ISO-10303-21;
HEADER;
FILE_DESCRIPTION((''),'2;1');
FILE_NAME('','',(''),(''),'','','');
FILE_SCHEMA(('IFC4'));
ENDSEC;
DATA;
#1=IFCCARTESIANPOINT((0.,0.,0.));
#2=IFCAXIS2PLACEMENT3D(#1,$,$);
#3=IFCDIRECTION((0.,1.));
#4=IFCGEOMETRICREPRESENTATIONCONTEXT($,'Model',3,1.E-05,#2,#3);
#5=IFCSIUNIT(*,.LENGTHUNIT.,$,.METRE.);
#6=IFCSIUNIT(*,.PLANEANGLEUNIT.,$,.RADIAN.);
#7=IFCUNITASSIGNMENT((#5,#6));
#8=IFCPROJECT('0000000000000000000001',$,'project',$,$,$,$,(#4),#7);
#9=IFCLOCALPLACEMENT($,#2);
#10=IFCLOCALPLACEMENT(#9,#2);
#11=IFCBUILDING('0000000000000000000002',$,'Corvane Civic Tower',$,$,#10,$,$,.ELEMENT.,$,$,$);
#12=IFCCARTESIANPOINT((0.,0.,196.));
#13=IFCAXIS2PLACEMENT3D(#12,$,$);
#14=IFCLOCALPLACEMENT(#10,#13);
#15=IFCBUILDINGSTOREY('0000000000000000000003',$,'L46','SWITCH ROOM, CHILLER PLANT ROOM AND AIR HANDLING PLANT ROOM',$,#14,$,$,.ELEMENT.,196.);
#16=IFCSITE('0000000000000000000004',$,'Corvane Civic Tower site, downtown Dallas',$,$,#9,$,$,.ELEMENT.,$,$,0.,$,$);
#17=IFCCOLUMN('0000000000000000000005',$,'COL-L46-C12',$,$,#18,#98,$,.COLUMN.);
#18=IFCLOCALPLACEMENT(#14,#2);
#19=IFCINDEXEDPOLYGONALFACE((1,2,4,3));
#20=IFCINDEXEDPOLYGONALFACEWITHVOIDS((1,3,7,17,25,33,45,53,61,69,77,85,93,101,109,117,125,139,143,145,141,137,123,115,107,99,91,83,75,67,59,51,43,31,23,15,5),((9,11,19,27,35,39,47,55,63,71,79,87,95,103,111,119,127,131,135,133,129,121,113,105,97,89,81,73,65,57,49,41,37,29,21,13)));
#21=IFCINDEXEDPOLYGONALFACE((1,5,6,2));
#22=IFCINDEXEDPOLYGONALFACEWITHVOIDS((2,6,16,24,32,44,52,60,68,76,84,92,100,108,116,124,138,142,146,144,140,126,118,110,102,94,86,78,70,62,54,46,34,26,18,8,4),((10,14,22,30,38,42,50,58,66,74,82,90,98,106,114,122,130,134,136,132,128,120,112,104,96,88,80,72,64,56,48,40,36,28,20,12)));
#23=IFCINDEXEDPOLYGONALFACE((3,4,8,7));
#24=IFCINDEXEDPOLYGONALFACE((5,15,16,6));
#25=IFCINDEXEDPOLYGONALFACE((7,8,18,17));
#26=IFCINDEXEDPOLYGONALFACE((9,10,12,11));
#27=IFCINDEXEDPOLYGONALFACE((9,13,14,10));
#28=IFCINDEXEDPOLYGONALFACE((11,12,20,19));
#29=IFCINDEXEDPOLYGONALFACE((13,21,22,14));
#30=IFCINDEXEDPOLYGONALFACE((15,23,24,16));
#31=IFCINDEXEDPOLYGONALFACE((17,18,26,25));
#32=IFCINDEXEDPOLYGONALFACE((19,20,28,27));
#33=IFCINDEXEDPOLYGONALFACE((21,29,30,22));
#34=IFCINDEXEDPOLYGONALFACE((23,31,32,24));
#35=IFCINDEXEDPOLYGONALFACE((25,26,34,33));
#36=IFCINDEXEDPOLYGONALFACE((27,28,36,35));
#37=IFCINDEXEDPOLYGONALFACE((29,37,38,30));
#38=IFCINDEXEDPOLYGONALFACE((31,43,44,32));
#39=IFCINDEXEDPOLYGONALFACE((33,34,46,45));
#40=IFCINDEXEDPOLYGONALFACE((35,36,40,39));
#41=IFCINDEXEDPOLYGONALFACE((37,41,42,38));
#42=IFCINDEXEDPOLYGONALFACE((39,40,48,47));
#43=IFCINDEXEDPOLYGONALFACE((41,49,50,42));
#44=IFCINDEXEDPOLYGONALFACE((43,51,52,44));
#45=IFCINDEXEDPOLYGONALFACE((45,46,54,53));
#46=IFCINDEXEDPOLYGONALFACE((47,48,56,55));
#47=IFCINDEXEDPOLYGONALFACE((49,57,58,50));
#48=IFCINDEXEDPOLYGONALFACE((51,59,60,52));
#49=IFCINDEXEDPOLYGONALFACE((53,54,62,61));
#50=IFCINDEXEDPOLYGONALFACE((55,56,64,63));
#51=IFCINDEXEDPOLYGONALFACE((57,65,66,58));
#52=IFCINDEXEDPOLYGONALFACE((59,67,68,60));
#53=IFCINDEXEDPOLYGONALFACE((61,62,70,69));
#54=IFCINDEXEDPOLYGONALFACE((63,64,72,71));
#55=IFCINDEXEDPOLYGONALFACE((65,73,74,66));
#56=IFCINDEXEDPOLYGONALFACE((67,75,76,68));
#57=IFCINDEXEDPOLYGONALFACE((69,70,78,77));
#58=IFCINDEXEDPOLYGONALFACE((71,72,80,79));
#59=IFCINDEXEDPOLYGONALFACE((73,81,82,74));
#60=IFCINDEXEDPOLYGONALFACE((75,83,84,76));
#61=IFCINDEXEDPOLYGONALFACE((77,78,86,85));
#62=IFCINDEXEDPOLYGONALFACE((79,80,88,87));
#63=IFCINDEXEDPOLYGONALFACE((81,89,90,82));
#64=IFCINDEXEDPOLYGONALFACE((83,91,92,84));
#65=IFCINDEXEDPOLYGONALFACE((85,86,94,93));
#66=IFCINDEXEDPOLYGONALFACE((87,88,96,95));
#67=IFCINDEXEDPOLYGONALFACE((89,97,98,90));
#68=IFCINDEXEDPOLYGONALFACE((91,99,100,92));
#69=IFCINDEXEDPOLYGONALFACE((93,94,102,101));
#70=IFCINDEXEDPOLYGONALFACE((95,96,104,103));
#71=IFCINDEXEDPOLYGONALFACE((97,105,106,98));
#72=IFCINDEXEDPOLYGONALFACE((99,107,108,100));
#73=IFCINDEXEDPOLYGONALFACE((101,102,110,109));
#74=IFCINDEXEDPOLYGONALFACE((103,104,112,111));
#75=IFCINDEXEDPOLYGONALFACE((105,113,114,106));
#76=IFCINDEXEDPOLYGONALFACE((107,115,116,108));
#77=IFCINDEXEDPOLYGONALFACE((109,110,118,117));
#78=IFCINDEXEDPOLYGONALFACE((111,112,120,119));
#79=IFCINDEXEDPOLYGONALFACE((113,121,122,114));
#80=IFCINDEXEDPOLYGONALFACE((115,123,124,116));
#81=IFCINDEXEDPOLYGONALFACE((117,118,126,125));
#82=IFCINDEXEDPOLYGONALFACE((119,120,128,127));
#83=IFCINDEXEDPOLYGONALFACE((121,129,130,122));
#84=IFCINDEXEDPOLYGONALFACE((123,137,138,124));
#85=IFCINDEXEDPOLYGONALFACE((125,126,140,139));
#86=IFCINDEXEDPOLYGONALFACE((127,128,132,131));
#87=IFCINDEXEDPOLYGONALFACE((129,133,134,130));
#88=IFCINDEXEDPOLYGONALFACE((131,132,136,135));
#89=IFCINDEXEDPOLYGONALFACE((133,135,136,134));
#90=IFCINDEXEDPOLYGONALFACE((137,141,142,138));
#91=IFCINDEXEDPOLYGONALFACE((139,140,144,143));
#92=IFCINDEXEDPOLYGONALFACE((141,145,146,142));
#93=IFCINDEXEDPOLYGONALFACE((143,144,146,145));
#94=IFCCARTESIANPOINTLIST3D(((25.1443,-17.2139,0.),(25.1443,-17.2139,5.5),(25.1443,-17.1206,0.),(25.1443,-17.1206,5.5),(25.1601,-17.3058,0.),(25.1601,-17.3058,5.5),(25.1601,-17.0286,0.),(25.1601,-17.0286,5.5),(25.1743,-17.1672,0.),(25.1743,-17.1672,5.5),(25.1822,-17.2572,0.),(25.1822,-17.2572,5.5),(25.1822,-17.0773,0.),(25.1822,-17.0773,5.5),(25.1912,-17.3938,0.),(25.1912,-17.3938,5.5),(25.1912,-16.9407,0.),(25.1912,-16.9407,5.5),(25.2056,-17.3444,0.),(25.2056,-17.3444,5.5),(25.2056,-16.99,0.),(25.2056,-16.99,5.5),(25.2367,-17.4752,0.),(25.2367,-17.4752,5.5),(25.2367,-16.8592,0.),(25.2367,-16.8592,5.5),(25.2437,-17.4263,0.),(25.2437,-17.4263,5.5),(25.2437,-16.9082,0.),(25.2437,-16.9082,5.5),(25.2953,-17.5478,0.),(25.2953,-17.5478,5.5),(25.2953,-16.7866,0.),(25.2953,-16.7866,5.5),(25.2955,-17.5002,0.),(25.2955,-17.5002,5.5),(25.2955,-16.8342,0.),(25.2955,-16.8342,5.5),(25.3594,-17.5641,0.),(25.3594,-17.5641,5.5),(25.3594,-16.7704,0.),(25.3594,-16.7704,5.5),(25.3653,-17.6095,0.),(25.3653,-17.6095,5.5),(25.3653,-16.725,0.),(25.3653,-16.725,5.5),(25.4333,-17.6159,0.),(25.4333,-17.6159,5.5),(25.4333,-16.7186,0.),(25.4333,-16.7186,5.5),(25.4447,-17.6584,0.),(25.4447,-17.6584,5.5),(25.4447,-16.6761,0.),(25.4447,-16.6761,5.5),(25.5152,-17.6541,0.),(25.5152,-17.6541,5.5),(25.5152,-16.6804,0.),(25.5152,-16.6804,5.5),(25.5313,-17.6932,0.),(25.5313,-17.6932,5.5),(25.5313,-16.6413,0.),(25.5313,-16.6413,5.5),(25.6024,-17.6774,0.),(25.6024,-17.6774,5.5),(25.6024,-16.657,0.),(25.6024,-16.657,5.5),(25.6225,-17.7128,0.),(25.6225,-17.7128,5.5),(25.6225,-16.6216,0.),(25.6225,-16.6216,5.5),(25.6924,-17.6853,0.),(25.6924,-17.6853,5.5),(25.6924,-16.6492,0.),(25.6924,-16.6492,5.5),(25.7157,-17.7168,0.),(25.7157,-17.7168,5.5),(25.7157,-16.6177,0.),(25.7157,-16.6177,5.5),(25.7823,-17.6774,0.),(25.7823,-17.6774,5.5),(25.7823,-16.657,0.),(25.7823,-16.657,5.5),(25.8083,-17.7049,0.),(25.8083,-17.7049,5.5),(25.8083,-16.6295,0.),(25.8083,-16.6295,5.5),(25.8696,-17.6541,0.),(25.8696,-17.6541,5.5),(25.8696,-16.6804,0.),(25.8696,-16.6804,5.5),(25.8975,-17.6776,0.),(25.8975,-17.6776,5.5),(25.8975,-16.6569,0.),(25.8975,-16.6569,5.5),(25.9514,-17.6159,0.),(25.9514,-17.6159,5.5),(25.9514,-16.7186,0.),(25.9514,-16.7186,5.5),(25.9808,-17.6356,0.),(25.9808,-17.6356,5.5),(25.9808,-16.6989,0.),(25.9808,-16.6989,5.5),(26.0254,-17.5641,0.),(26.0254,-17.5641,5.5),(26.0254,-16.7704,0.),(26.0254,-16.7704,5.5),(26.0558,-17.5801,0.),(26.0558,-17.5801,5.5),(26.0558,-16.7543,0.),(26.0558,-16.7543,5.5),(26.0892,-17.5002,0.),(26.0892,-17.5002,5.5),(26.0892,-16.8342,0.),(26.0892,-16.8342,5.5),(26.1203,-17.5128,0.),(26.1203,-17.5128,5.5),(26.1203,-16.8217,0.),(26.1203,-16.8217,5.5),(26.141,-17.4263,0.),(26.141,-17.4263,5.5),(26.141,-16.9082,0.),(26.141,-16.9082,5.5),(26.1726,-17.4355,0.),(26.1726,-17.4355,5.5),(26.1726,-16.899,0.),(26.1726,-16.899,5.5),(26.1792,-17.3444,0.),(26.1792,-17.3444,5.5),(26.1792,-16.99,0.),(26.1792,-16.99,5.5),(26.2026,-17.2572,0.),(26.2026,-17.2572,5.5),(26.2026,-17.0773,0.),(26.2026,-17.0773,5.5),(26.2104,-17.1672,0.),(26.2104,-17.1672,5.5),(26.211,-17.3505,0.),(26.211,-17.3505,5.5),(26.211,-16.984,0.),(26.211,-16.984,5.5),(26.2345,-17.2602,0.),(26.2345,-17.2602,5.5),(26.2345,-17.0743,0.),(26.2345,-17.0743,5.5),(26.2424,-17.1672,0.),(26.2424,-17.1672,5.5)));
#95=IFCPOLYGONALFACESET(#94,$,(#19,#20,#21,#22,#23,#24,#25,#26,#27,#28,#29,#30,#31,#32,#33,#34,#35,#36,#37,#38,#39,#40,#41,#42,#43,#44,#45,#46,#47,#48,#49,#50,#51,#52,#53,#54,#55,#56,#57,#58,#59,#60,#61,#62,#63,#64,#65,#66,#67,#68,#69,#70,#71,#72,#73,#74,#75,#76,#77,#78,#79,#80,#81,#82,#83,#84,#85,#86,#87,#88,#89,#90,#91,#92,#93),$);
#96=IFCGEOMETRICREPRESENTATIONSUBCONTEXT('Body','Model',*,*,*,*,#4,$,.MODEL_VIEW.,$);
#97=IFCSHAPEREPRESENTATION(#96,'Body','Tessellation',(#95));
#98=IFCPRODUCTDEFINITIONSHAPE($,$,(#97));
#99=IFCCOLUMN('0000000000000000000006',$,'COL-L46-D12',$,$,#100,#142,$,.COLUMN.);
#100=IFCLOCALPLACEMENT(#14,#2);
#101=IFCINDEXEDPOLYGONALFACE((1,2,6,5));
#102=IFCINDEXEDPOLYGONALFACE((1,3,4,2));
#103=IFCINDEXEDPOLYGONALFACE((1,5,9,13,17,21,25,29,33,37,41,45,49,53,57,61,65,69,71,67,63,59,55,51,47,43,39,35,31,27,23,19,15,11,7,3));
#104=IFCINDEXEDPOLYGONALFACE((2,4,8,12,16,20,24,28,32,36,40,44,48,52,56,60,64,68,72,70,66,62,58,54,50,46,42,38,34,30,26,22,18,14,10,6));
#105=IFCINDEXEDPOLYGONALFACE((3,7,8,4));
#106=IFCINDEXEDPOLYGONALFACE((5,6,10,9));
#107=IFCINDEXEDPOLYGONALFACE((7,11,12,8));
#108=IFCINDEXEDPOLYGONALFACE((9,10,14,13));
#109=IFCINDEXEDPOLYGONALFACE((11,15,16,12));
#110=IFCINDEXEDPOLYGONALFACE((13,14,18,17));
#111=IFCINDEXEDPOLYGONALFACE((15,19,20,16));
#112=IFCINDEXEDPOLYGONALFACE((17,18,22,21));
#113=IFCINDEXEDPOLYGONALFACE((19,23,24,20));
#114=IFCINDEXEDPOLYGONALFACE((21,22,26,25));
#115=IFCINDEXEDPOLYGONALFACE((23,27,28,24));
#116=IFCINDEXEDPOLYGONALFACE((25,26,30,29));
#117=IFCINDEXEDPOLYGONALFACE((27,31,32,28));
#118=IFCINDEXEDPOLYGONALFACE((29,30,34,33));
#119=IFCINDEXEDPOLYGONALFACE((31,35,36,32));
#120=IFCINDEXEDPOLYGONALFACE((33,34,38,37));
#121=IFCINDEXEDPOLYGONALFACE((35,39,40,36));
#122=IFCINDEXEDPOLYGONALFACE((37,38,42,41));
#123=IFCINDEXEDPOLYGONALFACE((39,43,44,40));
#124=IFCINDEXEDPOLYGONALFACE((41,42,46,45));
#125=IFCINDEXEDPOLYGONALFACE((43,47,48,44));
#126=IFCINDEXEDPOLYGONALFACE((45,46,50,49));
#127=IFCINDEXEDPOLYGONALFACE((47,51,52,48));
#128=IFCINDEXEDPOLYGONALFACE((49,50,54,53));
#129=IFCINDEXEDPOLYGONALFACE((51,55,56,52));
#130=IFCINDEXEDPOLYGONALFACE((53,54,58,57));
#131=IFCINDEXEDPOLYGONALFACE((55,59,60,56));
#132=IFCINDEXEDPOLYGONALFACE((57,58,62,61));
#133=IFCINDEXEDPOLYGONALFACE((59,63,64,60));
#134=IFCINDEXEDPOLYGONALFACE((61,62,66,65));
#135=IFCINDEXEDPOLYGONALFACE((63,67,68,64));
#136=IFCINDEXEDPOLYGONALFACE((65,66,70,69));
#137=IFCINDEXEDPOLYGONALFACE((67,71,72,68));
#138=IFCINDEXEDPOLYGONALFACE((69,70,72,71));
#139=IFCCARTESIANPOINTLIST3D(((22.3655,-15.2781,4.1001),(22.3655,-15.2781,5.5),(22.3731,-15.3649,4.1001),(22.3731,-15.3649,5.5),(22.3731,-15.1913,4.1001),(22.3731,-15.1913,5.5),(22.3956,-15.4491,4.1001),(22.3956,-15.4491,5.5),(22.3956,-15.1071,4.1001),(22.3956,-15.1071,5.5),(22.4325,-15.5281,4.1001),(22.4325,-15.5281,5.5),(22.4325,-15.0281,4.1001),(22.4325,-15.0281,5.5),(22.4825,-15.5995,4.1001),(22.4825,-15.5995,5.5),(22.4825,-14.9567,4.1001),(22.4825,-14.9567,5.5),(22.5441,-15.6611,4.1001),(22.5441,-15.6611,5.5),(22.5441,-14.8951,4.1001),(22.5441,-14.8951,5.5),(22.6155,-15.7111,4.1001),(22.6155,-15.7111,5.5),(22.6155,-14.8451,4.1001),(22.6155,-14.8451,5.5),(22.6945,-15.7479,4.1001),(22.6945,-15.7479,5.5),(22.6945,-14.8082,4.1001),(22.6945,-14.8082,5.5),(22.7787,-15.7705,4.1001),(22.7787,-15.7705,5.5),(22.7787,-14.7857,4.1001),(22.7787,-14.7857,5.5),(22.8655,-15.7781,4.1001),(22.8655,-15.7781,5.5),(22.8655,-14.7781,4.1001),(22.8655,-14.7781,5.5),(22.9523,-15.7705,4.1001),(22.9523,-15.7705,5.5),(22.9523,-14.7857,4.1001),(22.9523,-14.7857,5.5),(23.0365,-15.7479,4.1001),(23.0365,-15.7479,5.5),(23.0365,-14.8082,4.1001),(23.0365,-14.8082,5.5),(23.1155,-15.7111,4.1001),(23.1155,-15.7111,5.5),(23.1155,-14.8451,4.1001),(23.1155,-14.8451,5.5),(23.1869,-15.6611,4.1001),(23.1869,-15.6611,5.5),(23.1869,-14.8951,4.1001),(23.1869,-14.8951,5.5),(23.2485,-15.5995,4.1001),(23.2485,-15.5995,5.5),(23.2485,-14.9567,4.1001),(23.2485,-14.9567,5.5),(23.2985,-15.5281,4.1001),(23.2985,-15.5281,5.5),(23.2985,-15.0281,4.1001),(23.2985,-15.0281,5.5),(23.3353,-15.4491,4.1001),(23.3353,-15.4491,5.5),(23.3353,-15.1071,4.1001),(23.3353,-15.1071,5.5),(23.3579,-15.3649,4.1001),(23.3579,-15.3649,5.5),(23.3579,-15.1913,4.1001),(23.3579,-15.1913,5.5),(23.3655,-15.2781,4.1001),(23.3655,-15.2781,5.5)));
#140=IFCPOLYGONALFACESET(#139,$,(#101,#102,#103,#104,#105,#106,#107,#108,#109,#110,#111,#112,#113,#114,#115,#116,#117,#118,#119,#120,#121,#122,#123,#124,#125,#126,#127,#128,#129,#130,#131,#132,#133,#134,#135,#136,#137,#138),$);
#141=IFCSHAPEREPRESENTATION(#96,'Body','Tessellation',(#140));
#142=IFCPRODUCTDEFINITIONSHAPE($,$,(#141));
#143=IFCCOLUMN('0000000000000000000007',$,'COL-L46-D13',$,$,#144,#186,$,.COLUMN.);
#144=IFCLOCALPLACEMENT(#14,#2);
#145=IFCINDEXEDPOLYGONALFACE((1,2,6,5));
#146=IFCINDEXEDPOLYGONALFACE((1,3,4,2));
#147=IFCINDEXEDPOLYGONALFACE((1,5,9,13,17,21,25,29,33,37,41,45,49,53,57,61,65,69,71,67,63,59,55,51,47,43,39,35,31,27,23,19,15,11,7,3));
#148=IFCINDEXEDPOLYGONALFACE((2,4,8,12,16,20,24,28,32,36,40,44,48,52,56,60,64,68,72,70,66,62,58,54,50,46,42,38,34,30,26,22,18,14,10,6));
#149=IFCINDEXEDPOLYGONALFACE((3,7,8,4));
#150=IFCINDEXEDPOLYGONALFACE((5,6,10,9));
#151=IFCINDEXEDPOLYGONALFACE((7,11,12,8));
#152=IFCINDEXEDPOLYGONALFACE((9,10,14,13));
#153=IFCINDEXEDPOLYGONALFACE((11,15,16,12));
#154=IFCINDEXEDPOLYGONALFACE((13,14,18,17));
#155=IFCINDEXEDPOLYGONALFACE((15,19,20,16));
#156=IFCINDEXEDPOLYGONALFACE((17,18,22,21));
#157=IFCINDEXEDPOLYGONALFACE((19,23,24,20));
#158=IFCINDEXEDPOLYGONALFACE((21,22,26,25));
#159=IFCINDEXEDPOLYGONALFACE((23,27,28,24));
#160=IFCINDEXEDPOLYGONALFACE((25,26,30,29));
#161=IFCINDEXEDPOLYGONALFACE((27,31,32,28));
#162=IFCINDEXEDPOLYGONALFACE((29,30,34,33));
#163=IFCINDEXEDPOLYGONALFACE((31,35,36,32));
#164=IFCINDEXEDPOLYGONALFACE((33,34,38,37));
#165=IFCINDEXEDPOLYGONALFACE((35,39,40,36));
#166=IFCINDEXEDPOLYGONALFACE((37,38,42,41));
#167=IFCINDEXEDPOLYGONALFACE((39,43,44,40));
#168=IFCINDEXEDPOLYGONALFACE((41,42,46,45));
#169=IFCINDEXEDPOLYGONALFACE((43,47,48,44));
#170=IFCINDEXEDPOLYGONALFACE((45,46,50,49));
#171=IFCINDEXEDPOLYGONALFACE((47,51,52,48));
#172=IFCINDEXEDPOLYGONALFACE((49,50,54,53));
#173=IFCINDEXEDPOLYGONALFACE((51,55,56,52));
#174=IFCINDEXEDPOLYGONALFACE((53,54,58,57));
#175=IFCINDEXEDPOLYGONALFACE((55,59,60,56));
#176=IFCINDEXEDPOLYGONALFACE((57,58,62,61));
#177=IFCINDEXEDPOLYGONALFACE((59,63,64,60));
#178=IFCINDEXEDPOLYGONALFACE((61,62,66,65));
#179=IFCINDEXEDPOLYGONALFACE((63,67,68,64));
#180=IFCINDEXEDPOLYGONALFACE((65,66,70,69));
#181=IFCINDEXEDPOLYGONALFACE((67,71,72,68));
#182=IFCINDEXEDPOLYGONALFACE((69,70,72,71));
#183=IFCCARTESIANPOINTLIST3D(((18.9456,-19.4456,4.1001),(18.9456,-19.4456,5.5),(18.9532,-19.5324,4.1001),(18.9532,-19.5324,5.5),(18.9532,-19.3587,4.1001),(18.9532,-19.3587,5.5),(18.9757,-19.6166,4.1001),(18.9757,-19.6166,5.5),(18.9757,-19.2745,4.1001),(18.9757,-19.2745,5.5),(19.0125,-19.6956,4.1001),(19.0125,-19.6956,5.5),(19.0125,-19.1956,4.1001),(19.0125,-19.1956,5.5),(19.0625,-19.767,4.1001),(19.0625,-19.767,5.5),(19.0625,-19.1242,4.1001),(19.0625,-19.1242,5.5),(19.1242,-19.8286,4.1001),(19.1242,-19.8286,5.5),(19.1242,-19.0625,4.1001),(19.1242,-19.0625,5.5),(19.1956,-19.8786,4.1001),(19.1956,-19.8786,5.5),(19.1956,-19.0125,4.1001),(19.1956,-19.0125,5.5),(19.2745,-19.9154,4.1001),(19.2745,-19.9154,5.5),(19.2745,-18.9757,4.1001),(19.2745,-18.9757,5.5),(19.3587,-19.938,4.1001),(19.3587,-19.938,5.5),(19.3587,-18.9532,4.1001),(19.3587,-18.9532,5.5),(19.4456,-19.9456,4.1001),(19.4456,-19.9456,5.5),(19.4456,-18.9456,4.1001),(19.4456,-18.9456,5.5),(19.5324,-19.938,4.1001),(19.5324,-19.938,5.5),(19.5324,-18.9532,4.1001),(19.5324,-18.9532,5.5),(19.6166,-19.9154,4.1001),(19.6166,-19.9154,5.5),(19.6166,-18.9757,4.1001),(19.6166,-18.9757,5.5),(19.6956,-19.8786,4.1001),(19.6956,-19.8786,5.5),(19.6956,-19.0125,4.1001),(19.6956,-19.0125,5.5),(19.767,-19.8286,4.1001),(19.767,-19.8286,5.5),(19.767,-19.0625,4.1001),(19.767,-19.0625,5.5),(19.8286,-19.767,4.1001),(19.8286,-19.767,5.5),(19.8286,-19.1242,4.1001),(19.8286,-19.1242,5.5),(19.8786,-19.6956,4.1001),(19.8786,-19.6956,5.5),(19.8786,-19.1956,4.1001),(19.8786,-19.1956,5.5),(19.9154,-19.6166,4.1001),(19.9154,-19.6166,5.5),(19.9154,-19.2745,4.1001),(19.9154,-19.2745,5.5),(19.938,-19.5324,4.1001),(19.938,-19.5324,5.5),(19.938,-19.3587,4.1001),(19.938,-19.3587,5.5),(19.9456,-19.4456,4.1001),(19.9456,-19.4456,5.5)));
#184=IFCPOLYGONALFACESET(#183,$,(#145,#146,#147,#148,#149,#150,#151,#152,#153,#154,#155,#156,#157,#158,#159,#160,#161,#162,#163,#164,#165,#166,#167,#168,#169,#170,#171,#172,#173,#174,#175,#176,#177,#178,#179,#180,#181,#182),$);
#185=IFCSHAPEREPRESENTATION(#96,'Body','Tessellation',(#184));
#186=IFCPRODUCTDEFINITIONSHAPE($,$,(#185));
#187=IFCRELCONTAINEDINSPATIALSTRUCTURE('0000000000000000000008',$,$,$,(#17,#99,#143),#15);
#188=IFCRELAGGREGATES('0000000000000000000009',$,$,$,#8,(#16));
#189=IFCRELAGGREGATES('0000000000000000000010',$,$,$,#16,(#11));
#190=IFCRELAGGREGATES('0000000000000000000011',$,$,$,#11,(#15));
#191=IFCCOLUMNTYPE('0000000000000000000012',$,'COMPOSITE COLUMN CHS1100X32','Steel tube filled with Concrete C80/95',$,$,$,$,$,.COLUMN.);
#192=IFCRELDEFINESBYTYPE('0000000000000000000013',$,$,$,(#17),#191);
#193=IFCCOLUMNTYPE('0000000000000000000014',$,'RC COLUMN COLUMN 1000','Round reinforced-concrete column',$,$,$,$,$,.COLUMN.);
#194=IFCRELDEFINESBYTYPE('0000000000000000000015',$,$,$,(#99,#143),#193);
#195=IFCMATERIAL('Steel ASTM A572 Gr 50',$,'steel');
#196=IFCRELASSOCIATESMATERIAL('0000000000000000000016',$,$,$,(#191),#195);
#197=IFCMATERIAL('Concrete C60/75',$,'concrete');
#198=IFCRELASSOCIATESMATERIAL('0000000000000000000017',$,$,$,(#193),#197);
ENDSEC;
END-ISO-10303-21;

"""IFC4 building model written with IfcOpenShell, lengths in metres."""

from ifc_helpers import new_model, si_unit, direction, frame, origin, origin_2d, place, context, subcontext, project, spatial, circle, hollow_circle, extrude, material, material_profile, profile_set, type_object, element, save


model = new_model("IFC4")

# Units and contexts
model_context = context("Model", 3, precision=1e-05, world=origin(), true_north=direction((0.0, 1.0)))
body_context = subcontext(model_context, "Body", "Model", "MODEL_VIEW")
ifc_project = project(units=[si_unit("LENGTHUNIT", "METRE"), si_unit("PLANEANGLEUNIT", "RADIAN")], contexts=[model_context])

# Site, building, storey
site_placement = place(None, origin())
site = spatial("IfcSite", under=ifc_project, at=site_placement, Name="Corvane Civic Tower site, downtown Dallas", CompositionType="ELEMENT", RefElevation=0.0)
building_placement = place(site_placement, origin())
building = spatial("IfcBuilding", under=site, at=building_placement, Name="Corvane Civic Tower", CompositionType="ELEMENT")
storey_placement = place(building_placement, frame((0.0, 0.0, 196.0)))
storey = spatial("IfcBuildingStorey", under=building, at=storey_placement, Name="L46", Description="SWITCH ROOM, CHILLER PLANT ROOM AND AIR HANDLING PLANT ROOM", CompositionType="ELEMENT", Elevation=196.0)

# Columns
ifc_material_1 = material(Name="Steel ASTM A572 Gr 50", Category="steel")
ifc_material_profile_1 = material_profile(ifc_material_1, hollow_circle(Radius=0.55, WallThickness=0.032, at=origin_2d()), Name="CHS1100X32")
ifc_profile_set_1 = profile_set([ifc_material_profile_1], Name="Steel ASTM A572 Gr 50")
column_type_1 = type_object("IfcColumnType", Name="COMPOSITE COLUMN CHS1100X32", Description="Steel tube filled with Concrete C80/95", PredefinedType="COLUMN", material=ifc_profile_set_1)
column_placement = place(storey_placement, frame((25.6924, -17.1672, 0.0), z_axis=(0.0, 0.0, 1.0), x_axis=(1.0, 0.0, 0.0)))
element("IfcColumn", 1, at=column_placement, inside=storey, type_object=column_type_1, Name="COL-L46-C12", PredefinedType="COLUMN", context=body_context, shape_type="SweptSolid", body=[
    extrude(hollow_circle(Radius=0.55, WallThickness=0.032, at=origin_2d()), origin(), (0.0, 0.0, 1.0), 5.5),
])
ifc_material_2 = material(Name="Concrete C60/75", Category="concrete")
ifc_material_profile_2 = material_profile(ifc_material_2, circle(Radius=0.5, at=origin_2d()), Name="COLUMN 1000")
ifc_profile_set_2 = profile_set([ifc_material_profile_2], Name="Concrete C60/75")
column_type_2 = type_object("IfcColumnType", Name="RC COLUMN COLUMN 1000", Description="Round reinforced-concrete column", PredefinedType="COLUMN", material=ifc_profile_set_2)
for number, where, z_axis, x_axis, name in (
    (2, (22.8655, -15.2781, 4.1001), (0.0, 0.0, 1.0), (1.0, 0.0, 0.0), "COL-L46-D12"),
    (3, (19.4456, -19.4456, 4.1001), (0.0, 0.0, 1.0), (1.0, 0.0, 0.0), "COL-L46-D13"),
):
    element("IfcColumn", number, at=place(storey_placement, frame(where, z_axis=z_axis, x_axis=x_axis)), inside=storey, type_object=column_type_2, Name=name, PredefinedType="COLUMN", context=body_context, shape_type="SweptSolid", body=[
        extrude(circle(Radius=0.5, at=origin_2d()), origin(), (0.0, 0.0, 1.0), 1.3999),
    ])

save(model, "model.ifc")
